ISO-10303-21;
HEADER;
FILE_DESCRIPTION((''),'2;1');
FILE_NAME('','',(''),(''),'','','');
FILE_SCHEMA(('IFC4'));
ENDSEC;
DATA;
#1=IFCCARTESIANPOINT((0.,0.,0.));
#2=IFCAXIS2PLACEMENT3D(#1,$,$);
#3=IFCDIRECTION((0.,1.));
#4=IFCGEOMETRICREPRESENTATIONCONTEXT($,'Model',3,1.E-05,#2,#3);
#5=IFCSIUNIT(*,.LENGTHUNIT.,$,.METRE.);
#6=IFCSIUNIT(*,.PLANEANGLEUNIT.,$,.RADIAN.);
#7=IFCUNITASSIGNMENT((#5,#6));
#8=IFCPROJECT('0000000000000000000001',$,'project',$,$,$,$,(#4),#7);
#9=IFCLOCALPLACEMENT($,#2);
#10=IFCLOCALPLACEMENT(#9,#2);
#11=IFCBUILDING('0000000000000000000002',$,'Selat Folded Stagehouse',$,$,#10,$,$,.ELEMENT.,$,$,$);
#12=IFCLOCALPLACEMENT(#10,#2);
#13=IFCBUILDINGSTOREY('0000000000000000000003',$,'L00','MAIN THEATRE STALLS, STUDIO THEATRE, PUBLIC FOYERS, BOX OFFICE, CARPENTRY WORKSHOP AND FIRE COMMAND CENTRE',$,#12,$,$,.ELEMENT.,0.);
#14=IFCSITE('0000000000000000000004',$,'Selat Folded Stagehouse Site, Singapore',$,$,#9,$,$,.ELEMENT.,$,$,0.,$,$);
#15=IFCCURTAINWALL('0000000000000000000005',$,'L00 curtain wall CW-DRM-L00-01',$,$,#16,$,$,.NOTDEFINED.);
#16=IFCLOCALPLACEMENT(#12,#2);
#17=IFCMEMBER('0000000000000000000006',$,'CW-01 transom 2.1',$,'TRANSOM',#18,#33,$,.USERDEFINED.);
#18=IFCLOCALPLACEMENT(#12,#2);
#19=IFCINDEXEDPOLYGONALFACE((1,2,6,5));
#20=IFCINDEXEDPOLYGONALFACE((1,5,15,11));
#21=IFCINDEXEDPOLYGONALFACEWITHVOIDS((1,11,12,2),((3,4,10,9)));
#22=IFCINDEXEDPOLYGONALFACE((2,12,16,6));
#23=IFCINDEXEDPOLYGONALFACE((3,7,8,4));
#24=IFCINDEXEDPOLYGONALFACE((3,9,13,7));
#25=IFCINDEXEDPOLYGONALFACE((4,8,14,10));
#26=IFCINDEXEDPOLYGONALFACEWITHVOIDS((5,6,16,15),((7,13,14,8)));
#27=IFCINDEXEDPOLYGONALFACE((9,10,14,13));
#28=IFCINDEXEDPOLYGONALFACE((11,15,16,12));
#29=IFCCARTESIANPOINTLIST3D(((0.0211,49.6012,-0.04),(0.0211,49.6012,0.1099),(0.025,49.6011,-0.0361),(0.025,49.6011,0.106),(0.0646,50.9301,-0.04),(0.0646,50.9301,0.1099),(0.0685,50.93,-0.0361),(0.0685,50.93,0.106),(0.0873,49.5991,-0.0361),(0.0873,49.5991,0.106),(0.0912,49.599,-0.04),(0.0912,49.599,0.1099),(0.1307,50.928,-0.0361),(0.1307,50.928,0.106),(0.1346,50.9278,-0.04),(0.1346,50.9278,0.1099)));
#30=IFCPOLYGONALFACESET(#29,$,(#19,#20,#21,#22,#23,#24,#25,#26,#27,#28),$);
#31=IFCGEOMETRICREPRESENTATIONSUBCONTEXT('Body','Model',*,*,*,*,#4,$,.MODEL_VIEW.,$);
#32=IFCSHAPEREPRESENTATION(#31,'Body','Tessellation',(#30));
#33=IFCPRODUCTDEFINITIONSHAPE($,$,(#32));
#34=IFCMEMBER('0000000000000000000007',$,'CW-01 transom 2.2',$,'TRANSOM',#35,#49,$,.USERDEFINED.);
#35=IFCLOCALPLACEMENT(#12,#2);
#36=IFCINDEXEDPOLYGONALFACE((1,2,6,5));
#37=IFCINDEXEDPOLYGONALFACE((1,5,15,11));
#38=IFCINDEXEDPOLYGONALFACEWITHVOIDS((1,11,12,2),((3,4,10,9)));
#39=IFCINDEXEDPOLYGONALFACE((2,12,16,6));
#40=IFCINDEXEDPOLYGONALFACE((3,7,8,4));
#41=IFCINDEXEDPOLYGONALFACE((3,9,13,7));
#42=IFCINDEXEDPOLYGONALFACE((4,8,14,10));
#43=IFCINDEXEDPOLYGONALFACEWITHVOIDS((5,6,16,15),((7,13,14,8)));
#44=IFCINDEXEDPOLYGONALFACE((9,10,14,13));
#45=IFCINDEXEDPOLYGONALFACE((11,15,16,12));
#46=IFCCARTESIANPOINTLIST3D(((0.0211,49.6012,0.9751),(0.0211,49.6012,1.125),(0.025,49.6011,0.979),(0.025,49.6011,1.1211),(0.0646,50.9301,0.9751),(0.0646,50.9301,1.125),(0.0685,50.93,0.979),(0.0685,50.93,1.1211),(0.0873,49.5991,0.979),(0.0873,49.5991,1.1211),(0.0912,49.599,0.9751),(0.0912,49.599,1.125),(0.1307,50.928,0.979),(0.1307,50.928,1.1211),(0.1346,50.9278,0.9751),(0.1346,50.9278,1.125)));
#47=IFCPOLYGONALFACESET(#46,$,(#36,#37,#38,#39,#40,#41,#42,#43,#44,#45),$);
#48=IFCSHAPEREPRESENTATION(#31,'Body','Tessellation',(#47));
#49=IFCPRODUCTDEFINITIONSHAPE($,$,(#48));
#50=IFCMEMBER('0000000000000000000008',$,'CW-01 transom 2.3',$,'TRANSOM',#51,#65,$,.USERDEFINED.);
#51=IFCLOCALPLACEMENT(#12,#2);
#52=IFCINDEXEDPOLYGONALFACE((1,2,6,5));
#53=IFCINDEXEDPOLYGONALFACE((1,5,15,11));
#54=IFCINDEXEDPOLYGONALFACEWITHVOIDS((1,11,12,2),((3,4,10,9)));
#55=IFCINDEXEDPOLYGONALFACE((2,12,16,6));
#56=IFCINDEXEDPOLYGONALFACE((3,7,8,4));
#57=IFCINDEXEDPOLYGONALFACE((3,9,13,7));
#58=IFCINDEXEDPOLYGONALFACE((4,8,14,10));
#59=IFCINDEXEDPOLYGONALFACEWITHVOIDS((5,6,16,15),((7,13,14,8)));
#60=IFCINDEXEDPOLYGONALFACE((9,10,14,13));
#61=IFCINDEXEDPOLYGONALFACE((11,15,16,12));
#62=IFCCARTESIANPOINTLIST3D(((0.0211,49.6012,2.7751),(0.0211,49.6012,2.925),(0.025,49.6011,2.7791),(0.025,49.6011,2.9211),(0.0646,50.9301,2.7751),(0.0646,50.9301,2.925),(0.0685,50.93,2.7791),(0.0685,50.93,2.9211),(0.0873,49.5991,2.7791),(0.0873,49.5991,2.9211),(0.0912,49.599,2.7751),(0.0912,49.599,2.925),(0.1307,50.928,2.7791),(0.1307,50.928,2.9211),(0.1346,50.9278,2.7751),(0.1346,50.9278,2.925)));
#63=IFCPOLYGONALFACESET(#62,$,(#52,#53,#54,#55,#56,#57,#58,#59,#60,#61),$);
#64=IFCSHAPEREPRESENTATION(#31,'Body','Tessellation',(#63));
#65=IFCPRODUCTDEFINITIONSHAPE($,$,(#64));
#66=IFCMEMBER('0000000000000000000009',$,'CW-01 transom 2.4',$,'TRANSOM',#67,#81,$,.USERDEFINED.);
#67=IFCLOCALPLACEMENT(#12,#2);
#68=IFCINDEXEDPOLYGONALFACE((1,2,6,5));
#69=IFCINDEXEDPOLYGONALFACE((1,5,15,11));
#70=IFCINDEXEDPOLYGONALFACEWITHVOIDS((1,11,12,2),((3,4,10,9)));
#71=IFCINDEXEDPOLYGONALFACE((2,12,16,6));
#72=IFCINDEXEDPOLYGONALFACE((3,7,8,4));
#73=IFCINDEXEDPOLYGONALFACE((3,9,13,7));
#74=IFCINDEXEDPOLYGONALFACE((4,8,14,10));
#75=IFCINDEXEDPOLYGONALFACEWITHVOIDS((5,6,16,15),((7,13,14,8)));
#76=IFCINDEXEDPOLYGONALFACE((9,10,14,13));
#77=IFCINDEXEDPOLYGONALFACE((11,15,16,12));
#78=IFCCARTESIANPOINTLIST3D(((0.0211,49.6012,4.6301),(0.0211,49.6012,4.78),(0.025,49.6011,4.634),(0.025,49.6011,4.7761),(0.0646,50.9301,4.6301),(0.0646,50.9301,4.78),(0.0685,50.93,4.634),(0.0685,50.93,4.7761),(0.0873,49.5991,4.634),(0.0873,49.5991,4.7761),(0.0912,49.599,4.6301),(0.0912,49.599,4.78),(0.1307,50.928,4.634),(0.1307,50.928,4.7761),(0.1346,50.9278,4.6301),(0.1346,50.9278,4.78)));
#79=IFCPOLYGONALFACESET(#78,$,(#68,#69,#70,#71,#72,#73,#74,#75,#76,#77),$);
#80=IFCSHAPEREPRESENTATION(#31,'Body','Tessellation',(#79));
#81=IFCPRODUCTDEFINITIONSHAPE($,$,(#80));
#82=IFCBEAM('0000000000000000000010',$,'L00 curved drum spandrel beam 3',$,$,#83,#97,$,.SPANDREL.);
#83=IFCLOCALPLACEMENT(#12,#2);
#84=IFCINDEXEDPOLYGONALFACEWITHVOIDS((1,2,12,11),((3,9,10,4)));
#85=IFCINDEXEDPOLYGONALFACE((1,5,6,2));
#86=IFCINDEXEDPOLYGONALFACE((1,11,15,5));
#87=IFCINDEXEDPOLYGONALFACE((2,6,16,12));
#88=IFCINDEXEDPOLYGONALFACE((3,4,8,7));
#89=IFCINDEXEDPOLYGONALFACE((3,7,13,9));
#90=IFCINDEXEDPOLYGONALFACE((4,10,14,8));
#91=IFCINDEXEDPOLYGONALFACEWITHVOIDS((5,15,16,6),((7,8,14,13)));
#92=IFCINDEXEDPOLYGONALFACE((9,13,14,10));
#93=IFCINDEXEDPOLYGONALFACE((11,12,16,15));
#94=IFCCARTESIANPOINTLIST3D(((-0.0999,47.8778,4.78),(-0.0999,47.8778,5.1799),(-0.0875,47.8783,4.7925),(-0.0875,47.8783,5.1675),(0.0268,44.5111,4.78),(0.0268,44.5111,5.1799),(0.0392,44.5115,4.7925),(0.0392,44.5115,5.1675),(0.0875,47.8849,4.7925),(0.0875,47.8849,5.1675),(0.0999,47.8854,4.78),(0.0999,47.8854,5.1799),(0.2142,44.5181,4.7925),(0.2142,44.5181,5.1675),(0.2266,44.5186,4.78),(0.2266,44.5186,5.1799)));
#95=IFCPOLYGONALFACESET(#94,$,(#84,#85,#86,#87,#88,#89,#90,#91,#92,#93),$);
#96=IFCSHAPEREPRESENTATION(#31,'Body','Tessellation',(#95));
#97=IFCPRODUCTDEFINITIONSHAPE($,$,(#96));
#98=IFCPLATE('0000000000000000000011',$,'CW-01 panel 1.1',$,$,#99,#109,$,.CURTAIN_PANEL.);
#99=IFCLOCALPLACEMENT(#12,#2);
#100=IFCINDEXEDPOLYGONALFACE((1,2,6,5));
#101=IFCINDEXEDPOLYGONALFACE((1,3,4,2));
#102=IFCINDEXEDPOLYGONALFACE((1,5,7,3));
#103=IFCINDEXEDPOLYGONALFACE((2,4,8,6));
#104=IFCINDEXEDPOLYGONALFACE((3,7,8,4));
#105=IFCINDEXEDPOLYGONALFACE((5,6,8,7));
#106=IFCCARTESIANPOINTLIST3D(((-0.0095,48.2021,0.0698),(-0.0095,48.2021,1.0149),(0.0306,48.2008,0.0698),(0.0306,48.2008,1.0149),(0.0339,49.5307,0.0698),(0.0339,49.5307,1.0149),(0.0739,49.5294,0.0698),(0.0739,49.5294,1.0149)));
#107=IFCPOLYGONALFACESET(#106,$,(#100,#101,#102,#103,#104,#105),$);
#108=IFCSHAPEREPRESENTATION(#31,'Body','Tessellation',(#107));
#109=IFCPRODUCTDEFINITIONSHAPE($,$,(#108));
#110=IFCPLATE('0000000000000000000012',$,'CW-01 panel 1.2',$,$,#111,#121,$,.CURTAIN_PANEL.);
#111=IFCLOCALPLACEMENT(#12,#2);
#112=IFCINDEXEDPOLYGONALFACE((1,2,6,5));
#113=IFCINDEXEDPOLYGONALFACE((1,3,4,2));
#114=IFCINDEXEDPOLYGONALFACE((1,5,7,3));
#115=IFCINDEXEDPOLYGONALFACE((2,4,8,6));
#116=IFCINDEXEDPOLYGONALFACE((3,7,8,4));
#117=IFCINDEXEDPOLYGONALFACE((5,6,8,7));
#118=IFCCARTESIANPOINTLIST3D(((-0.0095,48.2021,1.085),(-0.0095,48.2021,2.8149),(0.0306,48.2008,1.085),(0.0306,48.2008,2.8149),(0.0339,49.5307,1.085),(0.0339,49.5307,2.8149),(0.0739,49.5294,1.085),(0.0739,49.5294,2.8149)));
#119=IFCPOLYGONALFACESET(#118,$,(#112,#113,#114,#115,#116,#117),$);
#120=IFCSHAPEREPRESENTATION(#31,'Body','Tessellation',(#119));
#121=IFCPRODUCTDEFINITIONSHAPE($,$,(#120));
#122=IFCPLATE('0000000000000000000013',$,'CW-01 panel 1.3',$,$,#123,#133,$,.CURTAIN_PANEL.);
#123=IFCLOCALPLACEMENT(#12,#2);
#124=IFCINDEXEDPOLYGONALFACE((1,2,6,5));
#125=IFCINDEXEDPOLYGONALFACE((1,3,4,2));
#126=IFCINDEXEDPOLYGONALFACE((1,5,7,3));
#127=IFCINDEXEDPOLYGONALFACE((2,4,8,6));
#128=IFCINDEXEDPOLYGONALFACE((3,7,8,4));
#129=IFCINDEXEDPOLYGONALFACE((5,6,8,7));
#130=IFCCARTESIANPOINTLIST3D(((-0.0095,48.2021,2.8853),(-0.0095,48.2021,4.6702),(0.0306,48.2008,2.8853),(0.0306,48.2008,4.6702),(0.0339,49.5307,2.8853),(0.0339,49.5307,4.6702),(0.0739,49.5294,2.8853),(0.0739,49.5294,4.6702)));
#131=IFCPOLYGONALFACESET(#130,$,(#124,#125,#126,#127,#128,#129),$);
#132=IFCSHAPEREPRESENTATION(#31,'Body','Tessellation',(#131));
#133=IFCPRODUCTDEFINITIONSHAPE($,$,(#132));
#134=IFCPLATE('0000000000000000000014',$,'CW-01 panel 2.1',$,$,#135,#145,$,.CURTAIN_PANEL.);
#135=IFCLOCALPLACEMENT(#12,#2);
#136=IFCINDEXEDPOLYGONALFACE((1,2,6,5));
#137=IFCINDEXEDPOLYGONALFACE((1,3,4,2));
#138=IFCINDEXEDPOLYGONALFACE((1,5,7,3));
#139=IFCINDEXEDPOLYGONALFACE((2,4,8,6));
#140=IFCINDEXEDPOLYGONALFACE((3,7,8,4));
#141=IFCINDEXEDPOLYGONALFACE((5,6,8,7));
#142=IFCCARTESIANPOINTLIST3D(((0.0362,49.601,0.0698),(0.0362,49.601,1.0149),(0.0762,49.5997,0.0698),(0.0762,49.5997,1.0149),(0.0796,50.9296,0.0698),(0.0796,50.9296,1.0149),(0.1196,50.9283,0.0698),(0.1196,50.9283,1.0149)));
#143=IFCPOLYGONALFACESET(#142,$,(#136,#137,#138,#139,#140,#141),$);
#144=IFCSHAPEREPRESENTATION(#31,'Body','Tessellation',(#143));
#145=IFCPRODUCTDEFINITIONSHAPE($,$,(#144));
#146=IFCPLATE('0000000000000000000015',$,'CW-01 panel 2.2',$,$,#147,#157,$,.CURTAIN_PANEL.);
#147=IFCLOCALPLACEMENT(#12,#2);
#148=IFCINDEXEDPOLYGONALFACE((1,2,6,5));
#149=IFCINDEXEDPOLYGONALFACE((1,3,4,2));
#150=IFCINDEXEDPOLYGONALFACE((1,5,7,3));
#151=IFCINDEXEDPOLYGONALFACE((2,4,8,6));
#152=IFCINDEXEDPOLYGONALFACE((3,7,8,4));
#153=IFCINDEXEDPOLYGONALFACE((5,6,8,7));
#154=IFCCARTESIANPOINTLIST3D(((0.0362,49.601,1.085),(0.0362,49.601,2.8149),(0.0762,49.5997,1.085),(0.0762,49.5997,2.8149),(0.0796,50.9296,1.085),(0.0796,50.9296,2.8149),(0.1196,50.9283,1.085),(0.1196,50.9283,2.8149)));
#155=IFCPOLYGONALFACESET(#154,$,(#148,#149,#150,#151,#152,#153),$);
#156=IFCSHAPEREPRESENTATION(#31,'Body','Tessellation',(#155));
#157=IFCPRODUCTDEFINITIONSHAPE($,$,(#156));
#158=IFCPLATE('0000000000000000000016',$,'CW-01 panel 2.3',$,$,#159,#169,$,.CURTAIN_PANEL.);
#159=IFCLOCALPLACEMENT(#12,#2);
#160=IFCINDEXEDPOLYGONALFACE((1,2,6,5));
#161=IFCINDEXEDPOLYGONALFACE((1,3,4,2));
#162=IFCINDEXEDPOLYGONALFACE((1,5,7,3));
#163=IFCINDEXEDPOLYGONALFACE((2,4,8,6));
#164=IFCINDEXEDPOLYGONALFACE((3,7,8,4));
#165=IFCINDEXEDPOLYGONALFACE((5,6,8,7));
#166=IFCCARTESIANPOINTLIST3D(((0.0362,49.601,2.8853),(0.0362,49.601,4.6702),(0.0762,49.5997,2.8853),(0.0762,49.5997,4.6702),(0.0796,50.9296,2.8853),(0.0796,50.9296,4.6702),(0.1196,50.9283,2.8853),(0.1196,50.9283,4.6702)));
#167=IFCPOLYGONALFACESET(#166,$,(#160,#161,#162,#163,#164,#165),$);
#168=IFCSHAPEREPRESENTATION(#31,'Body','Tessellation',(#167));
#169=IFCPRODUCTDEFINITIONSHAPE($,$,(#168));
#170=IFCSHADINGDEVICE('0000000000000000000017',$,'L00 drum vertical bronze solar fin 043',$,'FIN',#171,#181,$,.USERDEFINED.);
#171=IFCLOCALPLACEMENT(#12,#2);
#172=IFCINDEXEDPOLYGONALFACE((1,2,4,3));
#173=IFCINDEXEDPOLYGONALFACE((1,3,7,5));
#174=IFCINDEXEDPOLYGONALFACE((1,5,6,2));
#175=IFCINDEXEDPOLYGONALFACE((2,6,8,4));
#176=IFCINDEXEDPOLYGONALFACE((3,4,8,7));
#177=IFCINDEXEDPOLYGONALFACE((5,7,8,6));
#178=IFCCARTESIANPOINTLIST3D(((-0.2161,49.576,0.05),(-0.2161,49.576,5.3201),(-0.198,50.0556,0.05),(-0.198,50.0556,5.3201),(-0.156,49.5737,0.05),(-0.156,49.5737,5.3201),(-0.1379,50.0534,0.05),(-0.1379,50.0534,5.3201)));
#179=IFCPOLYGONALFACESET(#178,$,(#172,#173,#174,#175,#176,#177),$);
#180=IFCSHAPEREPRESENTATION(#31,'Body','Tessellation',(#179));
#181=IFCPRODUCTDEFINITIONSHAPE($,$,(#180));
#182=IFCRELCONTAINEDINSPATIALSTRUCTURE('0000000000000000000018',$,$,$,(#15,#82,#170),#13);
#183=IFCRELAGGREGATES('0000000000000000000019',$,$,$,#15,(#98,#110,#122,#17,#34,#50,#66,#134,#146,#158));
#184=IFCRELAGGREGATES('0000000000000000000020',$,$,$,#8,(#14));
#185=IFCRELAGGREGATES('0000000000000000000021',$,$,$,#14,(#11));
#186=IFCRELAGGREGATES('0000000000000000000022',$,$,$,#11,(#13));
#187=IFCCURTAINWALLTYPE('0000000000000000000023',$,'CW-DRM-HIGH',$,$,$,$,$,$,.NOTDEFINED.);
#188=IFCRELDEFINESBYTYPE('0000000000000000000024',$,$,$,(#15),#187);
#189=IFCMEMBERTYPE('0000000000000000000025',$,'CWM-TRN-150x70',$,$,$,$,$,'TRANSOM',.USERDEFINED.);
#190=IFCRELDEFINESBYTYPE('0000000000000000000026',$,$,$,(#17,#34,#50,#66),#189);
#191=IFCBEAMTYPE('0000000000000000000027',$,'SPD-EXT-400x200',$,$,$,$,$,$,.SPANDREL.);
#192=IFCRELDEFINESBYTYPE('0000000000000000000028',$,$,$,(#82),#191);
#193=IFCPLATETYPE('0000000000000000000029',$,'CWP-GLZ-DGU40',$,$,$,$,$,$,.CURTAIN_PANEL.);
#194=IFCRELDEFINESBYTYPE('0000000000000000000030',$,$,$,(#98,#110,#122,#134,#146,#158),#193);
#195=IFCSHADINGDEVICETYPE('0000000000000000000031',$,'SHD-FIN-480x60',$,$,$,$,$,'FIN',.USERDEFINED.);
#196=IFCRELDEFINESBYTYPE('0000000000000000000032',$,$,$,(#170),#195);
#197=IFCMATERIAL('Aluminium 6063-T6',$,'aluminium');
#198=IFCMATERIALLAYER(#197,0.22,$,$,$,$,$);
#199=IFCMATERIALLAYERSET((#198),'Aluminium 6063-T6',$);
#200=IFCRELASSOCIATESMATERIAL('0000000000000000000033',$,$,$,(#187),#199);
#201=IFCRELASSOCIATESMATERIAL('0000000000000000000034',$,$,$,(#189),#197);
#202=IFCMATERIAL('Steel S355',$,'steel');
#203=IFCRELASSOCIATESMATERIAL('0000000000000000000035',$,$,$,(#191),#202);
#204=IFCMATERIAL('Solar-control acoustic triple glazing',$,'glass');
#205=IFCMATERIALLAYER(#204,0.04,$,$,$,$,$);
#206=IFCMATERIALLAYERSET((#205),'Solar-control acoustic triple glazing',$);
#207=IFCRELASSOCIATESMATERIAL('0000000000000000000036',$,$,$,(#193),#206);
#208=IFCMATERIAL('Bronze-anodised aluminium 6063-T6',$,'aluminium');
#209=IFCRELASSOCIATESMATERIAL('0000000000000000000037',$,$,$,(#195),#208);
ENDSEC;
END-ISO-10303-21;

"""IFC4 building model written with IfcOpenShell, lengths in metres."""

from ifc_helpers import new_model, si_unit, direction, frame, origin, origin_2d, place, context, subcontext, project, spatial, rectangle, hollow_rectangle, extrude, material, layer, layer_set, material_profile, profile_set, type_object, element, aggregate, save


model = new_model("IFC4")

# Units and contexts
model_context = context("Model", 3, precision=1e-05, world=origin(), true_north=direction((0.0, 1.0)))
body_context = subcontext(model_context, "Body", "Model", "MODEL_VIEW")
ifc_project = project(units=[si_unit("LENGTHUNIT", "METRE"), si_unit("PLANEANGLEUNIT", "RADIAN")], contexts=[model_context])

# Site, building, storey
site_placement = place(None, origin())
site = spatial("IfcSite", under=ifc_project, at=site_placement, Name="Selat Folded Stagehouse Site, Singapore", CompositionType="ELEMENT", RefElevation=0.0)
building_placement = place(site_placement, origin())
building = spatial("IfcBuilding", under=site, at=building_placement, Name="Selat Folded Stagehouse", CompositionType="ELEMENT")
storey_placement = place(building_placement, origin())
storey = spatial("IfcBuildingStorey", under=building, at=storey_placement, Name="L00", Description="MAIN THEATRE STALLS, STUDIO THEATRE, PUBLIC FOYERS, BOX OFFICE, CARPENTRY WORKSHOP AND FIRE COMMAND CENTRE", CompositionType="ELEMENT", Elevation=0.0)

# Shared definitions
ifc_material_1 = material(Name="Steel S355", Category="steel")

# Curtain wall
ifc_material_2 = material(Name="Aluminium 6063-T6", Category="aluminium")
ifc_layer_1 = layer(ifc_material_2, 0.22)
ifc_layer_set_1 = layer_set([ifc_layer_1], Name="Aluminium 6063-T6")
curtain_wall_type = type_object("IfcCurtainWallType", Name="CW-DRM-HIGH", PredefinedType="NOTDEFINED", material=ifc_layer_set_1)
curtain_wall_1_placement = place(storey_placement, origin())
curtain_wall_1 = element("IfcCurtainWall", 1, at=curtain_wall_1_placement, inside=storey, type_object=curtain_wall_type, Name="L00 curtain wall CW-DRM-L00-01", PredefinedType="NOTDEFINED")

# Members
ifc_material_profile_1 = material_profile(ifc_material_2, hollow_rectangle(XDim=0.0701, YDim=0.1499, WallThickness=0.0039, at=origin_2d()), Name="ALU 150x70x4.0")
ifc_profile_set_1 = profile_set([ifc_material_profile_1], Name="Aluminium 6063-T6")
member_type_1 = type_object("IfcMemberType", Name="CWM-TRN-150x70", ElementType="TRANSOM", PredefinedType="USERDEFINED", material=ifc_profile_set_1)
member_1_placement = place(storey_placement, frame((0.0562, 49.6001, 0.0349), z_axis=(0.032685, 0.999466, 0.0), x_axis=(-0.999466, 0.032685, 0.0)))
member_1 = element("IfcMember", 2, at=member_1_placement, type_object=member_type_1, Name="CW-01 transom 2.1", ObjectType="TRANSOM", PredefinedType="USERDEFINED", context=body_context, shape_type="SweptSolid", body=[
    extrude(hollow_rectangle(XDim=0.0701, YDim=0.1499, WallThickness=0.0039, at=origin_2d()), origin(), (0.0, 0.0, 1.0), 1.3296),
])
member_2_placement = place(storey_placement, frame((0.0562, 49.6001, 1.05), z_axis=(0.032685, 0.999466, 0.0), x_axis=(-0.999466, 0.032685, 0.0)))
member_2 = element("IfcMember", 3, at=member_2_placement, type_object=member_type_1, Name="CW-01 transom 2.2", ObjectType="TRANSOM", PredefinedType="USERDEFINED", context=body_context, shape_type="SweptSolid", body=[
    extrude(hollow_rectangle(XDim=0.0701, YDim=0.1499, WallThickness=0.0039, at=origin_2d()), origin(), (0.0, 0.0, 1.0), 1.3296),
])
member_3_placement = place(storey_placement, frame((0.0562, 49.6001, 2.8501), z_axis=(0.032685, 0.999466, 0.0), x_axis=(-0.999466, 0.032685, 0.0)))
member_3 = element("IfcMember", 4, at=member_3_placement, type_object=member_type_1, Name="CW-01 transom 2.3", ObjectType="TRANSOM", PredefinedType="USERDEFINED", context=body_context, shape_type="SweptSolid", body=[
    extrude(hollow_rectangle(XDim=0.0701, YDim=0.1499, WallThickness=0.0039, at=origin_2d()), origin(), (0.0, 0.0, 1.0), 1.3296),
])
member_4_placement = place(storey_placement, frame((0.0562, 49.6001, 4.7051), z_axis=(0.032685, 0.999466, 0.0), x_axis=(-0.999466, 0.032685, 0.0)))
member_4 = element("IfcMember", 5, at=member_4_placement, type_object=member_type_1, Name="CW-01 transom 2.4", ObjectType="TRANSOM", PredefinedType="USERDEFINED", context=body_context, shape_type="SweptSolid", body=[
    extrude(hollow_rectangle(XDim=0.0701, YDim=0.1499, WallThickness=0.0039, at=origin_2d()), origin(), (0.0, 0.0, 1.0), 1.3296),
])

# Beam
ifc_material_profile_2 = material_profile(ifc_material_1, hollow_rectangle(XDim=0.2, YDim=0.3999, WallThickness=0.0125, at=origin_2d()), Name="RHS 400x200x12.5")
ifc_profile_set_2 = profile_set([ifc_material_profile_2], Name="Steel S355")
beam_type = type_object("IfcBeamType", Name="SPD-EXT-400x200", PredefinedType="SPANDREL", material=ifc_profile_set_2)
beam_placement = place(storey_placement, frame((0.0, 47.8816, 4.98), z_axis=(0.037609, -0.999293, 0.0), x_axis=(0.999293, 0.037609, 0.0)))
element("IfcBeam", 6, at=beam_placement, inside=storey, type_object=beam_type, Name="L00 curved drum spandrel beam 3", PredefinedType="SPANDREL", context=body_context, shape_type="SweptSolid", body=[
    extrude(hollow_rectangle(XDim=0.2, YDim=0.3999, WallThickness=0.0125, at=origin_2d()), origin(), (0.0, 0.0, 1.0), 3.3691),
])

# Plates
ifc_material_3 = material(Name="Solar-control acoustic triple glazing", Category="glass")
ifc_layer_2 = layer(ifc_material_3, 0.04)
ifc_layer_set_2 = layer_set([ifc_layer_2], Name="Solar-control acoustic triple glazing")
plate_type = type_object("IfcPlateType", Name="CWP-GLZ-DGU40", PredefinedType="CURTAIN_PANEL", material=ifc_layer_set_2)
plate_1_placement = place(storey_placement, frame((0.0322, 48.8657, 0.0698), z_axis=(0.0, 0.0, 1.0), x_axis=(0.032625, 0.999468, 0.0)))
plate_1 = element("IfcPlate", 7, at=plate_1_placement, type_object=plate_type, Name="CW-01 panel 1.1", PredefinedType="CURTAIN_PANEL", context=body_context, shape_type="SweptSolid", body=[
    extrude(rectangle(XDim=1.3293, YDim=0.04, at=origin_2d()), origin(), (0.0, 0.0, 1.0), 0.9451),
])
plate_2_placement = place(storey_placement, frame((0.0322, 48.8657, 1.085), z_axis=(0.0, 0.0, 1.0), x_axis=(0.032625, 0.999468, 0.0)))
plate_2 = element("IfcPlate", 8, at=plate_2_placement, type_object=plate_type, Name="CW-01 panel 1.2", PredefinedType="CURTAIN_PANEL", context=body_context, shape_type="SweptSolid", body=[
    extrude(rectangle(XDim=1.3293, YDim=0.04, at=origin_2d()), origin(), (0.0, 0.0, 1.0), 1.73),
])
plate_3_placement = place(storey_placement, frame((0.0322, 48.8657, 2.8853), z_axis=(0.0, 0.0, 1.0), x_axis=(0.032625, 0.999468, 0.0)))
plate_3 = element("IfcPlate", 9, at=plate_3_placement, type_object=plate_type, Name="CW-01 panel 1.3", PredefinedType="CURTAIN_PANEL", context=body_context, shape_type="SweptSolid", body=[
    extrude(rectangle(XDim=1.3293, YDim=0.04, at=origin_2d()), origin(), (0.0, 0.0, 1.0), 1.7849),
])
plate_4_placement = place(storey_placement, frame((0.0779, 50.2646, 0.0698), z_axis=(0.0, 0.0, 1.0), x_axis=(0.032625, 0.999468, 0.0)))
plate_4 = element("IfcPlate", 10, at=plate_4_placement, type_object=plate_type, Name="CW-01 panel 2.1", PredefinedType="CURTAIN_PANEL", context=body_context, shape_type="SweptSolid", body=[
    extrude(rectangle(XDim=1.3293, YDim=0.04, at=origin_2d()), origin(), (0.0, 0.0, 1.0), 0.9451),
])
plate_5_placement = place(storey_placement, frame((0.0779, 50.2646, 1.085), z_axis=(0.0, 0.0, 1.0), x_axis=(0.032625, 0.999468, 0.0)))
plate_5 = element("IfcPlate", 11, at=plate_5_placement, type_object=plate_type, Name="CW-01 panel 2.2", PredefinedType="CURTAIN_PANEL", context=body_context, shape_type="SweptSolid", body=[
    extrude(rectangle(XDim=1.3293, YDim=0.04, at=origin_2d()), origin(), (0.0, 0.0, 1.0), 1.73),
])
plate_6_placement = place(storey_placement, frame((0.0779, 50.2646, 2.8853), z_axis=(0.0, 0.0, 1.0), x_axis=(0.032625, 0.999468, 0.0)))
plate_6 = element("IfcPlate", 12, at=plate_6_placement, type_object=plate_type, Name="CW-01 panel 2.3", PredefinedType="CURTAIN_PANEL", context=body_context, shape_type="SweptSolid", body=[
    extrude(rectangle(XDim=1.3293, YDim=0.04, at=origin_2d()), origin(), (0.0, 0.0, 1.0), 1.7849),
])
aggregate(curtain_wall_1, [plate_1, plate_2, plate_3, member_1, member_2, member_3, member_4, plate_4, plate_5, plate_6])

# Shading device
ifc_material_4 = material(Name="Bronze-anodised aluminium 6063-T6", Category="aluminium")
ifc_material_profile_3 = material_profile(ifc_material_4, rectangle(XDim=0.0601, YDim=0.48, at=origin_2d()), Name="SOLAR-FIN 480x60")
ifc_profile_set_3 = profile_set([ifc_material_profile_3], Name="Bronze-anodised aluminium 6063-T6")
shading_device_type = type_object("IfcShadingDeviceType", Name="SHD-FIN-480x60", ElementType="FIN", PredefinedType="USERDEFINED", material=ifc_profile_set_3)
for number, where, z_axis, x_axis, name in (
    (13, (-0.177, 49.8147, 0.05), (0.0, 0.0, 1.0), (-0.999289, 0.03769, 0.0), "L00 drum vertical bronze solar fin 043"),
):
    element("IfcShadingDevice", number, at=place(storey_placement, frame(where, z_axis=z_axis, x_axis=x_axis)), inside=storey, type_object=shading_device_type, Name=name, ObjectType="FIN", PredefinedType="USERDEFINED", context=body_context, shape_type="SweptSolid", body=[
        extrude(rectangle(XDim=0.0601, YDim=0.48, at=origin_2d()), origin(), (0.0, 0.0, 1.0), 5.27),
    ])

save(model, "model.ifc")
